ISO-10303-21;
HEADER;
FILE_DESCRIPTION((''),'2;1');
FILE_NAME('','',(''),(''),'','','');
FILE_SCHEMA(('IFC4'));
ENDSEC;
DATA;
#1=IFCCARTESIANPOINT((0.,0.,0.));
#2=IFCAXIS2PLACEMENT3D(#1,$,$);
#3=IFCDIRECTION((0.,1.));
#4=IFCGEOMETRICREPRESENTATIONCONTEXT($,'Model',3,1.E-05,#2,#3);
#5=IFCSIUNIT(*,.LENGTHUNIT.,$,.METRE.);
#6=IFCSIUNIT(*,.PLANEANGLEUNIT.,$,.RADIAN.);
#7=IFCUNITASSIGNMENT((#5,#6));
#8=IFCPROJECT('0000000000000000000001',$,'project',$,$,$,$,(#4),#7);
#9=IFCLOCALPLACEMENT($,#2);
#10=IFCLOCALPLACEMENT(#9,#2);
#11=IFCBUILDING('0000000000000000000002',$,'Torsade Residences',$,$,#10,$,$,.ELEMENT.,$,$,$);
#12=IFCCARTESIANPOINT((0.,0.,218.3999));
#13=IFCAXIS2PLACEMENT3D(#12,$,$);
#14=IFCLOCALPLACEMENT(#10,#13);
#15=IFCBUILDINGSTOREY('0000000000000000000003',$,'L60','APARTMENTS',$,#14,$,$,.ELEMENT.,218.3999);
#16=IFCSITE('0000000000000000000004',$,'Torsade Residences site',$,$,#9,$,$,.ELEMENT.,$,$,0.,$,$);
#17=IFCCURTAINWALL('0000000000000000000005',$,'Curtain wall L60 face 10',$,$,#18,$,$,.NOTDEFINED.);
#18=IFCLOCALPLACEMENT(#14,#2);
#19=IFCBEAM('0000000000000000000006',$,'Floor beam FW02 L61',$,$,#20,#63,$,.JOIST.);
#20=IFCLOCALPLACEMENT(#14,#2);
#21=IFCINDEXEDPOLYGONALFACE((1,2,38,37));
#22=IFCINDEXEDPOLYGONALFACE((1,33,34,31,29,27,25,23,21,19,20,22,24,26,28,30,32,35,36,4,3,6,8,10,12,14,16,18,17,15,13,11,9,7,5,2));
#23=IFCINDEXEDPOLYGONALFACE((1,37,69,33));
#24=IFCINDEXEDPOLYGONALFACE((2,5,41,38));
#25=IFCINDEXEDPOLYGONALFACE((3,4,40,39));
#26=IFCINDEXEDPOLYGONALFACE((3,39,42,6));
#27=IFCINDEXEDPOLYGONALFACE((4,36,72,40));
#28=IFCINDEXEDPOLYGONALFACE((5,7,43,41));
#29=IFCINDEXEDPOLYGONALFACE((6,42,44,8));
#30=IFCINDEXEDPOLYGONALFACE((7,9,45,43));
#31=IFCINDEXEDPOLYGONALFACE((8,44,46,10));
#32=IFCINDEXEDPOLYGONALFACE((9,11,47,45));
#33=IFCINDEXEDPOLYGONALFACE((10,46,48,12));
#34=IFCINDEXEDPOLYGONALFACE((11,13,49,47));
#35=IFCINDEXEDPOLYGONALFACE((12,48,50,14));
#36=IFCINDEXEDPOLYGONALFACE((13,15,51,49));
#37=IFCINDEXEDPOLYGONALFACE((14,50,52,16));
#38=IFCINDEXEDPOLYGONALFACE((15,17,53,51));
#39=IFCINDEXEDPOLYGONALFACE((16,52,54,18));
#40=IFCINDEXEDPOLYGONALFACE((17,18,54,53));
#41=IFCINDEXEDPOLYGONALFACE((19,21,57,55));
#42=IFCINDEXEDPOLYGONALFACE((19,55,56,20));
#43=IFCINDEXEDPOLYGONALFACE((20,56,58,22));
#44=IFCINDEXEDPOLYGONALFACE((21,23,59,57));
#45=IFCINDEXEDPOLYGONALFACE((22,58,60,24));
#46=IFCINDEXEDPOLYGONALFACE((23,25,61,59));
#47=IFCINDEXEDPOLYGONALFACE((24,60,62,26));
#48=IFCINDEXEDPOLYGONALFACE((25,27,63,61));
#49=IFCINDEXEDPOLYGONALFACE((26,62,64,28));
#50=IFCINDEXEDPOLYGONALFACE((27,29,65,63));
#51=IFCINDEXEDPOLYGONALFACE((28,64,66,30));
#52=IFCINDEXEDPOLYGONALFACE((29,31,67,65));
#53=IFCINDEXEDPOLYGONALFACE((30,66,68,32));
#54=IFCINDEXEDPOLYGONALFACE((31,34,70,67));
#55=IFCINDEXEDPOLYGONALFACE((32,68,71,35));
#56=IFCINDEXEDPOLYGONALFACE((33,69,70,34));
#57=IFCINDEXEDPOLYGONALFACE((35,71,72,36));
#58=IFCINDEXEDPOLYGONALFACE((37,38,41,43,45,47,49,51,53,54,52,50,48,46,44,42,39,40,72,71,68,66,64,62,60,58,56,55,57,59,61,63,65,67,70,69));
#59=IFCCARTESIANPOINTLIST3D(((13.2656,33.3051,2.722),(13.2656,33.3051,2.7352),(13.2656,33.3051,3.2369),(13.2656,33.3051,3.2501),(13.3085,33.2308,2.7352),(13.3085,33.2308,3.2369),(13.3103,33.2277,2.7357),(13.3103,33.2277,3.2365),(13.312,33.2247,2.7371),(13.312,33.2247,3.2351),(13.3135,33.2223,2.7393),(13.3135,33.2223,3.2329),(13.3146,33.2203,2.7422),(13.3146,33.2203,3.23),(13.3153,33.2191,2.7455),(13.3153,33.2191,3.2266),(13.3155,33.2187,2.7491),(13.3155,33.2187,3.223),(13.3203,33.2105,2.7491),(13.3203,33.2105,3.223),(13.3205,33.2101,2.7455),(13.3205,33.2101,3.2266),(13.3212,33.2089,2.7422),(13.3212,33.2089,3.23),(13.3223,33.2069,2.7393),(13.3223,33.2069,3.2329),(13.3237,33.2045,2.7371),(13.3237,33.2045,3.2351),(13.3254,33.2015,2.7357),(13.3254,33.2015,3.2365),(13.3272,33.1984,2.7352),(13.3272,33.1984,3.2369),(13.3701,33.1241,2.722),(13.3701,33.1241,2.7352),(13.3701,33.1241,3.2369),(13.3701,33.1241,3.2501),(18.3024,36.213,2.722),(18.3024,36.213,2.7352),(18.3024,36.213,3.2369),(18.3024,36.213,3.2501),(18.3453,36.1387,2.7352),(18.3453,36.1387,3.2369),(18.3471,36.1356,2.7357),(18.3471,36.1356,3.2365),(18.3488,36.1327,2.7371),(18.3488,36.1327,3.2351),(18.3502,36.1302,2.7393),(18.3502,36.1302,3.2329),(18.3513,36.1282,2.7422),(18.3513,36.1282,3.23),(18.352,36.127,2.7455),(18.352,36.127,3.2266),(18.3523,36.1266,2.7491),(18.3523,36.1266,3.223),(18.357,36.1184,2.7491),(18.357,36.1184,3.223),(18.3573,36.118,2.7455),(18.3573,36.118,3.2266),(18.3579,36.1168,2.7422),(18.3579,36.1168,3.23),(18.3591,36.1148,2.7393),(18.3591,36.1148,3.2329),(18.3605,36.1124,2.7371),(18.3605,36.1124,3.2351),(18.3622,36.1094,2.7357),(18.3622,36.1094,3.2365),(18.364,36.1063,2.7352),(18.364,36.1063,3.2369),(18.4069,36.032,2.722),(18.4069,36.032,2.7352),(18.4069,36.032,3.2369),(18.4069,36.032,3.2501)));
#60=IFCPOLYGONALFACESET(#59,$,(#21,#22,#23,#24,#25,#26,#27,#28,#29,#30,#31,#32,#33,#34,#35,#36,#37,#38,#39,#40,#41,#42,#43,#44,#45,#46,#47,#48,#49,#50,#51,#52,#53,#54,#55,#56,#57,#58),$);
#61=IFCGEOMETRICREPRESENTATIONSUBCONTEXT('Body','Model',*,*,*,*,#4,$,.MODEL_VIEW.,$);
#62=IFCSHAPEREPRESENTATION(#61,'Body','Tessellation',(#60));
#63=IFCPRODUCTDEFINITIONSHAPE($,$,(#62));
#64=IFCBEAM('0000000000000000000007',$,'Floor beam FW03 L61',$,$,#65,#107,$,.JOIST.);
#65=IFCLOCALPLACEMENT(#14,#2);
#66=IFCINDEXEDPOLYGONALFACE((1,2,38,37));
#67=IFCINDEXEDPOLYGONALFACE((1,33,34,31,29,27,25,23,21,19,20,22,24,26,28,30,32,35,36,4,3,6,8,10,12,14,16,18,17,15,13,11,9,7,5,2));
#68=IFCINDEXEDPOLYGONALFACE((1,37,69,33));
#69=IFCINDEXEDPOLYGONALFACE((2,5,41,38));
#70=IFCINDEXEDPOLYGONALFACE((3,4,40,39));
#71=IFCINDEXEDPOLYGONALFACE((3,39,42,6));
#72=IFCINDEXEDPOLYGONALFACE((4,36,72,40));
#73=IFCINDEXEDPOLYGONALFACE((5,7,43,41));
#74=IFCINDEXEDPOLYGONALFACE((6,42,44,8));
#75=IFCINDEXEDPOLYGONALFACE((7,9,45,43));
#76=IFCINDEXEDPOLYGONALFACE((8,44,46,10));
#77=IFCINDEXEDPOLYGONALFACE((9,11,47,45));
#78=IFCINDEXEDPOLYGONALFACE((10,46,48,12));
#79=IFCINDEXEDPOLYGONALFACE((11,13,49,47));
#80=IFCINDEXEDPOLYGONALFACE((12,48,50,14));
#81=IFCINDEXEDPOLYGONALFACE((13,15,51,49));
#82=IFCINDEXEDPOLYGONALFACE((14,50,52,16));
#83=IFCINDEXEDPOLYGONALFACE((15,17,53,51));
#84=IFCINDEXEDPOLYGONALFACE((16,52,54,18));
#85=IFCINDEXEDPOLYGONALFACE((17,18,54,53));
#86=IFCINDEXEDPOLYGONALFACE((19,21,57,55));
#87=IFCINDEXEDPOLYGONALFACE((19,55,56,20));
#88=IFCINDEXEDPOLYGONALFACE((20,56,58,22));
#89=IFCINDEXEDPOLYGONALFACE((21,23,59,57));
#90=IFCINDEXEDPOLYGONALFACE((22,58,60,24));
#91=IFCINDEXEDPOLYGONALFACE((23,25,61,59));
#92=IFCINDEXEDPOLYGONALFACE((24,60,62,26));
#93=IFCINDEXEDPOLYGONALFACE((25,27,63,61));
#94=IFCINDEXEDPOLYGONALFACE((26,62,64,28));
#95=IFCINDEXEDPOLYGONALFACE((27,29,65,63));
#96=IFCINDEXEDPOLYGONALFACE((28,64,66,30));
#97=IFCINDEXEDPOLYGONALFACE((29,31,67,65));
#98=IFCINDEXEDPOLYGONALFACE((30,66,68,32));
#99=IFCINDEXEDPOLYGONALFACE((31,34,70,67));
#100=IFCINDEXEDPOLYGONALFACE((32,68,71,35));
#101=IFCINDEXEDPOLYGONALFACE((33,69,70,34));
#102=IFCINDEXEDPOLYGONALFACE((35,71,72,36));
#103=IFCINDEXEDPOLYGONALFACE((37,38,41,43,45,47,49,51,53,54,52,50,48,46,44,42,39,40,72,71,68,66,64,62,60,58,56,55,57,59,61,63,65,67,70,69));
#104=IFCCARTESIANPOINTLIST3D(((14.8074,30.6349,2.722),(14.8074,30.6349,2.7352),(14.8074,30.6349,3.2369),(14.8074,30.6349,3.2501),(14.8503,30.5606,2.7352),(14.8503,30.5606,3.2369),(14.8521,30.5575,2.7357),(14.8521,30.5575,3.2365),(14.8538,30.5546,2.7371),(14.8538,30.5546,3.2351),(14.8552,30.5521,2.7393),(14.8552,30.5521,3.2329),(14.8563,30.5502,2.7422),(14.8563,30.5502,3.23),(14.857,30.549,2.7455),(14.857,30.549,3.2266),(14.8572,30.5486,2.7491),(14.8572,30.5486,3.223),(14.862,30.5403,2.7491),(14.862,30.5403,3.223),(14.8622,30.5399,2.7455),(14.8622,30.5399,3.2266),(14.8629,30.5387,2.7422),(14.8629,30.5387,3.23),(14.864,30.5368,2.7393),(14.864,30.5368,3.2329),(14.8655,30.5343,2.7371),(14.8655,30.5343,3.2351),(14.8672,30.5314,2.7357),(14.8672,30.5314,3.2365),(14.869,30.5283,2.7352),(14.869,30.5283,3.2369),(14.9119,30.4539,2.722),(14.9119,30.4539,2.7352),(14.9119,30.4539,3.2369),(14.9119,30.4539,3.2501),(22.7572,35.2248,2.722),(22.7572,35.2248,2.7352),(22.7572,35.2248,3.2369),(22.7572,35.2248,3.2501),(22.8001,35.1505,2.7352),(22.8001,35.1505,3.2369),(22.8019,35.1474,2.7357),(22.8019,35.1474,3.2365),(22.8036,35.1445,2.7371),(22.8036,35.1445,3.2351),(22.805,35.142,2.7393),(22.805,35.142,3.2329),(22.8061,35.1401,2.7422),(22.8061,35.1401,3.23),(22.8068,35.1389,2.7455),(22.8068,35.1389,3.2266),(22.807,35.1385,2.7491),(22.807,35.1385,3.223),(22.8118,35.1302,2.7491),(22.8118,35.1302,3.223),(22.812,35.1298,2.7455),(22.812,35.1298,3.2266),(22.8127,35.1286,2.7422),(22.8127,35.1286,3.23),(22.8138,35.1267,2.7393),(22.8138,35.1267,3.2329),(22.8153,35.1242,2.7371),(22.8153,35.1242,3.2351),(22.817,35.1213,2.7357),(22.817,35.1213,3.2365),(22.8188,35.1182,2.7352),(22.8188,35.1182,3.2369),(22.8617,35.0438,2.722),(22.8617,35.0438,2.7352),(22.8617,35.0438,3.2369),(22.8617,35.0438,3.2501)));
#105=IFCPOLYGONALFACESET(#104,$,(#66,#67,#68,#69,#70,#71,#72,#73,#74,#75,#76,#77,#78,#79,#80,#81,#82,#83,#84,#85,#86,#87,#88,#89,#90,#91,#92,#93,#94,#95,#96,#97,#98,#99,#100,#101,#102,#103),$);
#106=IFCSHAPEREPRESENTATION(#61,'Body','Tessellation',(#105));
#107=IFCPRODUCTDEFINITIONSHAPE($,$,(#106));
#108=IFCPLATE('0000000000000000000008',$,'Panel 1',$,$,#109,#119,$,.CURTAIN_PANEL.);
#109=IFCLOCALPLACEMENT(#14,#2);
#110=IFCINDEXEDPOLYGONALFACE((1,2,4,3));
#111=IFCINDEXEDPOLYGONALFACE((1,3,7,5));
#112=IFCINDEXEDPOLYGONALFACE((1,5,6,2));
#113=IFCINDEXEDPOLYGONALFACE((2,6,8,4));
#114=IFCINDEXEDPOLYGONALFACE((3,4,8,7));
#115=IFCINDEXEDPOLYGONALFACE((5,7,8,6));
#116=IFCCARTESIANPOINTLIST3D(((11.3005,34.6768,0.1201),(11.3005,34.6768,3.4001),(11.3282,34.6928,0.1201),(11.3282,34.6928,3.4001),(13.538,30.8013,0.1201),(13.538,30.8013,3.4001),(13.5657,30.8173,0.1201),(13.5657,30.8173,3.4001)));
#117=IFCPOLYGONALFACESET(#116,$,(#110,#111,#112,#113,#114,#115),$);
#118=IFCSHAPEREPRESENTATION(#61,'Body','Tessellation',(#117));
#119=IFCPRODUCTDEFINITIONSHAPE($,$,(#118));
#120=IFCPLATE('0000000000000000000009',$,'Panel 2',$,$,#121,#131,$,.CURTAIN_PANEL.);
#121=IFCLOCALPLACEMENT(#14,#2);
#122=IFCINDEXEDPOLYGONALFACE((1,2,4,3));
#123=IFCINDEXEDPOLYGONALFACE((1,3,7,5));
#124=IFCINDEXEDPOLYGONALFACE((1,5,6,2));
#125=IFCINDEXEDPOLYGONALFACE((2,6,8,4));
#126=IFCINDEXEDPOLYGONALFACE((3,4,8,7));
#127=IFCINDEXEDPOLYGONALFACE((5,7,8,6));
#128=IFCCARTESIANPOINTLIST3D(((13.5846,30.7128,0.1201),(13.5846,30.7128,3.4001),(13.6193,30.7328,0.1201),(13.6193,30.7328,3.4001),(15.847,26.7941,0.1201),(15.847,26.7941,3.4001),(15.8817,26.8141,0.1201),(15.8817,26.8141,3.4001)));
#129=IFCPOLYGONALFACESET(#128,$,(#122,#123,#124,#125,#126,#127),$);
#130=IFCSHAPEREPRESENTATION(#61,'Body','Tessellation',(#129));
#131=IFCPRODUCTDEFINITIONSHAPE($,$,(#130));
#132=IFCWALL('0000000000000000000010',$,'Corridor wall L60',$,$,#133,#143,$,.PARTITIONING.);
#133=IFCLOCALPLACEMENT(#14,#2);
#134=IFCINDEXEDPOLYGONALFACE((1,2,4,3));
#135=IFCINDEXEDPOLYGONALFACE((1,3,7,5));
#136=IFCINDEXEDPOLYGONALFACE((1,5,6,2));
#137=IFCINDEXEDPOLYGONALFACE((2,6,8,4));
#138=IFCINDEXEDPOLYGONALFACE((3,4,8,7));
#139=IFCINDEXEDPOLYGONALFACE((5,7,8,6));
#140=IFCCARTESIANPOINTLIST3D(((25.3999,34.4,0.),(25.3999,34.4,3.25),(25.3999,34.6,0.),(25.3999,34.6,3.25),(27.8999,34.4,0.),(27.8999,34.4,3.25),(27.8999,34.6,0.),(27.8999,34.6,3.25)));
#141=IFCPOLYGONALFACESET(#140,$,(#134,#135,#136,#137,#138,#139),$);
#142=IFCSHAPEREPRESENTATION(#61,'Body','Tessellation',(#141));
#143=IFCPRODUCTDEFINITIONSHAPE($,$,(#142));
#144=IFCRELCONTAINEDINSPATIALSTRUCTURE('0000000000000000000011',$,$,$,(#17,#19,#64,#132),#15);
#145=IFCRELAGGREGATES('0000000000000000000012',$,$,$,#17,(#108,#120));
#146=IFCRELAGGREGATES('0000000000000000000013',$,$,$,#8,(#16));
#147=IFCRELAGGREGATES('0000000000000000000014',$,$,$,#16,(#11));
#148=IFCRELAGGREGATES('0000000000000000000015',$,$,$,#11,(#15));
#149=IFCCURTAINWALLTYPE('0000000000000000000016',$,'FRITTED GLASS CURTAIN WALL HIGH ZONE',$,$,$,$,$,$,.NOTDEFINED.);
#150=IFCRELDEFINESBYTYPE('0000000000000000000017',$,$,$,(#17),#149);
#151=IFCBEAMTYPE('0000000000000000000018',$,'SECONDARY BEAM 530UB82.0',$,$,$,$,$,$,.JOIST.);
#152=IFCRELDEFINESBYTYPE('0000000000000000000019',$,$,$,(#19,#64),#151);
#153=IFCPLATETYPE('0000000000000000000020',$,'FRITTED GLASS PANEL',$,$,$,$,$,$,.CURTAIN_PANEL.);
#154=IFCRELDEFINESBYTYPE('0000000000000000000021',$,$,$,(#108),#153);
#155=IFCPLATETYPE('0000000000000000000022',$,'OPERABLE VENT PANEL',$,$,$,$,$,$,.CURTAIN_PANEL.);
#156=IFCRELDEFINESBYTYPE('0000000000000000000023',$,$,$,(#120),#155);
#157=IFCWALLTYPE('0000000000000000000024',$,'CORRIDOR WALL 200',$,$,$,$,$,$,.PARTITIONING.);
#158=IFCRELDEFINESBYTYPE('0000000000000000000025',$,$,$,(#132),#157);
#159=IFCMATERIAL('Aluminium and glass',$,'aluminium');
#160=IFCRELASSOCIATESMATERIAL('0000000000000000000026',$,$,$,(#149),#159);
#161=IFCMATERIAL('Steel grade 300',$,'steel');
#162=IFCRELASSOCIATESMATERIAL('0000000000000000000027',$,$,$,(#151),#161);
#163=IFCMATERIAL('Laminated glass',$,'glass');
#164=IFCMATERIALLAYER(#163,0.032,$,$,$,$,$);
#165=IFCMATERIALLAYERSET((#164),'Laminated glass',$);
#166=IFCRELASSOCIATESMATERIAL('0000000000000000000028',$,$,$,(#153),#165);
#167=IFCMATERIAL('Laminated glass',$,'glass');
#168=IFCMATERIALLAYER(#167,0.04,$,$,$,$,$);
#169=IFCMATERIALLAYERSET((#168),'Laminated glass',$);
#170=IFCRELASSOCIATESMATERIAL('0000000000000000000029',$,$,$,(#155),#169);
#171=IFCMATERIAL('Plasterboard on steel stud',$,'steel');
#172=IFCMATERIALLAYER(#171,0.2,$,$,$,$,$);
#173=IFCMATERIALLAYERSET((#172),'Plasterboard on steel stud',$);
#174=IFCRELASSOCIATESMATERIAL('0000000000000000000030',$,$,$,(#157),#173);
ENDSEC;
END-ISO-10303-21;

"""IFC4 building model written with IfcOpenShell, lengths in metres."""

from ifc_helpers import new_model, si_unit, direction, frame, frame_2d, origin, origin_2d, place, context, subcontext, project, spatial, rectangle, i_section, extrude, material, layer, layer_set, material_profile, profile_set, type_object, element, aggregate, save


model = new_model("IFC4")

# Units and contexts
model_context = context("Model", 3, precision=1e-05, world=origin(), true_north=direction((0.0, 1.0)))
body_context = subcontext(model_context, "Body", "Model", "MODEL_VIEW")
ifc_project = project(units=[si_unit("LENGTHUNIT", "METRE"), si_unit("PLANEANGLEUNIT", "RADIAN")], contexts=[model_context])

# Site, building, storey
site_placement = place(None, origin())
site = spatial("IfcSite", under=ifc_project, at=site_placement, Name="Torsade Residences site", CompositionType="ELEMENT", RefElevation=0.0)
building_placement = place(site_placement, origin())
building = spatial("IfcBuilding", under=site, at=building_placement, Name="Torsade Residences", CompositionType="ELEMENT")
storey_placement = place(building_placement, frame((0.0, 0.0, 218.3999)))
storey = spatial("IfcBuildingStorey", under=building, at=storey_placement, Name="L60", Description="APARTMENTS", CompositionType="ELEMENT", Elevation=218.3999)

# Curtain wall
ifc_material_1 = material(Name="Aluminium and glass", Category="aluminium")
curtain_wall_type = type_object("IfcCurtainWallType", Name="FRITTED GLASS CURTAIN WALL HIGH ZONE", PredefinedType="NOTDEFINED", material=ifc_material_1)
curtain_wall_placement = place(storey_placement, origin())
curtain_wall = element("IfcCurtainWall", 1, at=curtain_wall_placement, inside=storey, type_object=curtain_wall_type, Name="Curtain wall L60 face 10", PredefinedType="NOTDEFINED")

# Beams
ifc_material_2 = material(Name="Steel grade 300", Category="steel")
ifc_material_profile_1 = material_profile(ifc_material_2, i_section(OverallWidth=0.209, OverallDepth=0.5281, WebThickness=0.0095, FlangeThickness=0.0132, FilletRadius=0.0139, at=origin_2d()), Name="530UB82.0")
ifc_profile_set_1 = profile_set([ifc_material_profile_1], Name="Steel grade 300")
beam_type_1 = type_object("IfcBeamType", Name="SECONDARY BEAM 530UB82.0", PredefinedType="JOIST", material=ifc_profile_set_1)
beam_1_placement = place(storey_placement, frame((13.3179, 33.2146, 2.9861), z_axis=(0.866031, 0.49999, 0.0), x_axis=(-0.49999, 0.866031, 0.0)))
element("IfcBeam", 2, at=beam_1_placement, inside=storey, type_object=beam_type_1, Name="Floor beam FW02 L61", PredefinedType="JOIST", context=body_context, shape_type="SweptSolid", body=[
    extrude(i_section(OverallWidth=0.209, OverallDepth=0.5281, WebThickness=0.0095, FlangeThickness=0.0132, FilletRadius=0.0139, at=origin_2d()), origin(), (0.0, 0.0, 1.0), 5.8159),
])
beam_2_placement = place(storey_placement, frame((14.8596, 30.5444, 2.9861), z_axis=(0.866022, 0.500006, 0.0), x_axis=(-0.500006, 0.866022, 0.0)))
element("IfcBeam", 3, at=beam_2_placement, inside=storey, type_object=beam_type_1, Name="Floor beam FW03 L61", PredefinedType="JOIST", context=body_context, shape_type="SweptSolid", body=[
    extrude(i_section(OverallWidth=0.209, OverallDepth=0.5281, WebThickness=0.0095, FlangeThickness=0.0132, FilletRadius=0.0139, at=origin_2d()), origin(), (0.0, 0.0, 1.0), 9.1797),
])

# Plates
ifc_material_3 = material(Name="Laminated glass", Category="glass")
ifc_layer_1 = layer(ifc_material_3, 0.032)
ifc_layer_set_1 = layer_set([ifc_layer_1], Name="Laminated glass")
plate_type_1 = type_object("IfcPlateType", Name="FRITTED GLASS PANEL", PredefinedType="CURTAIN_PANEL", material=ifc_layer_set_1)
plate_1_placement = place(storey_placement, frame((12.4331, 32.7471, 0.1201), z_axis=(0.0, 0.0, 1.0), x_axis=(0.5, -0.866025, 0.0)))
plate_1 = element("IfcPlate", 4, at=plate_1_placement, type_object=plate_type_1, Name="Panel 1", PredefinedType="CURTAIN_PANEL", context=body_context, shape_type="SweptSolid", body=[
    extrude(rectangle(XDim=4.4751, YDim=0.032, at=origin_2d()), origin(), (0.0, 0.0, 1.0), 3.28),
])
ifc_material_4 = material(Name="Laminated glass", Category="glass")
ifc_layer_2 = layer(ifc_material_4, 0.04)
ifc_layer_set_2 = layer_set([ifc_layer_2], Name="Laminated glass")
plate_type_2 = type_object("IfcPlateType", Name="OPERABLE VENT PANEL", PredefinedType="CURTAIN_PANEL", material=ifc_layer_set_2)
plate_2_placement = place(storey_placement, frame((14.7332, 28.7634, 0.1201), z_axis=(0.0, 0.0, 1.0), x_axis=(0.5, -0.866025, 0.0)))
plate_2 = element("IfcPlate", 5, at=plate_2_placement, type_object=plate_type_2, Name="Panel 2", PredefinedType="CURTAIN_PANEL", context=body_context, shape_type="SweptSolid", body=[
    extrude(rectangle(XDim=4.5249, YDim=0.04, at=origin_2d()), origin(), (0.0, 0.0, 1.0), 3.28),
])
aggregate(curtain_wall, [plate_1, plate_2])

# Wall
ifc_material_5 = material(Name="Plasterboard on steel stud", Category="steel")
ifc_layer_3 = layer(ifc_material_5, 0.2)
ifc_layer_set_3 = layer_set([ifc_layer_3], Name="Plasterboard on steel stud")
wall_type_1 = type_object("IfcWallType", Name="CORRIDOR WALL 200", PredefinedType="PARTITIONING", material=ifc_layer_set_3)
wall_1_placement = place(storey_placement, frame((27.8999, 34.5, 0.0), z_axis=(0.0, 0.0, 1.0), x_axis=(-1.0, 0.0, 0.0)))
element("IfcWall", 6, at=wall_1_placement, inside=storey, type_object=wall_type_1, Name="Corridor wall L60", PredefinedType="PARTITIONING", context=body_context, shape_type="SweptSolid", body=[
    extrude(rectangle(XDim=2.5, YDim=0.2, at=frame_2d((1.25, 0.0))), origin(), (0.0, 0.0, 1.0), 3.25),
])

save(model, "model.ifc")
